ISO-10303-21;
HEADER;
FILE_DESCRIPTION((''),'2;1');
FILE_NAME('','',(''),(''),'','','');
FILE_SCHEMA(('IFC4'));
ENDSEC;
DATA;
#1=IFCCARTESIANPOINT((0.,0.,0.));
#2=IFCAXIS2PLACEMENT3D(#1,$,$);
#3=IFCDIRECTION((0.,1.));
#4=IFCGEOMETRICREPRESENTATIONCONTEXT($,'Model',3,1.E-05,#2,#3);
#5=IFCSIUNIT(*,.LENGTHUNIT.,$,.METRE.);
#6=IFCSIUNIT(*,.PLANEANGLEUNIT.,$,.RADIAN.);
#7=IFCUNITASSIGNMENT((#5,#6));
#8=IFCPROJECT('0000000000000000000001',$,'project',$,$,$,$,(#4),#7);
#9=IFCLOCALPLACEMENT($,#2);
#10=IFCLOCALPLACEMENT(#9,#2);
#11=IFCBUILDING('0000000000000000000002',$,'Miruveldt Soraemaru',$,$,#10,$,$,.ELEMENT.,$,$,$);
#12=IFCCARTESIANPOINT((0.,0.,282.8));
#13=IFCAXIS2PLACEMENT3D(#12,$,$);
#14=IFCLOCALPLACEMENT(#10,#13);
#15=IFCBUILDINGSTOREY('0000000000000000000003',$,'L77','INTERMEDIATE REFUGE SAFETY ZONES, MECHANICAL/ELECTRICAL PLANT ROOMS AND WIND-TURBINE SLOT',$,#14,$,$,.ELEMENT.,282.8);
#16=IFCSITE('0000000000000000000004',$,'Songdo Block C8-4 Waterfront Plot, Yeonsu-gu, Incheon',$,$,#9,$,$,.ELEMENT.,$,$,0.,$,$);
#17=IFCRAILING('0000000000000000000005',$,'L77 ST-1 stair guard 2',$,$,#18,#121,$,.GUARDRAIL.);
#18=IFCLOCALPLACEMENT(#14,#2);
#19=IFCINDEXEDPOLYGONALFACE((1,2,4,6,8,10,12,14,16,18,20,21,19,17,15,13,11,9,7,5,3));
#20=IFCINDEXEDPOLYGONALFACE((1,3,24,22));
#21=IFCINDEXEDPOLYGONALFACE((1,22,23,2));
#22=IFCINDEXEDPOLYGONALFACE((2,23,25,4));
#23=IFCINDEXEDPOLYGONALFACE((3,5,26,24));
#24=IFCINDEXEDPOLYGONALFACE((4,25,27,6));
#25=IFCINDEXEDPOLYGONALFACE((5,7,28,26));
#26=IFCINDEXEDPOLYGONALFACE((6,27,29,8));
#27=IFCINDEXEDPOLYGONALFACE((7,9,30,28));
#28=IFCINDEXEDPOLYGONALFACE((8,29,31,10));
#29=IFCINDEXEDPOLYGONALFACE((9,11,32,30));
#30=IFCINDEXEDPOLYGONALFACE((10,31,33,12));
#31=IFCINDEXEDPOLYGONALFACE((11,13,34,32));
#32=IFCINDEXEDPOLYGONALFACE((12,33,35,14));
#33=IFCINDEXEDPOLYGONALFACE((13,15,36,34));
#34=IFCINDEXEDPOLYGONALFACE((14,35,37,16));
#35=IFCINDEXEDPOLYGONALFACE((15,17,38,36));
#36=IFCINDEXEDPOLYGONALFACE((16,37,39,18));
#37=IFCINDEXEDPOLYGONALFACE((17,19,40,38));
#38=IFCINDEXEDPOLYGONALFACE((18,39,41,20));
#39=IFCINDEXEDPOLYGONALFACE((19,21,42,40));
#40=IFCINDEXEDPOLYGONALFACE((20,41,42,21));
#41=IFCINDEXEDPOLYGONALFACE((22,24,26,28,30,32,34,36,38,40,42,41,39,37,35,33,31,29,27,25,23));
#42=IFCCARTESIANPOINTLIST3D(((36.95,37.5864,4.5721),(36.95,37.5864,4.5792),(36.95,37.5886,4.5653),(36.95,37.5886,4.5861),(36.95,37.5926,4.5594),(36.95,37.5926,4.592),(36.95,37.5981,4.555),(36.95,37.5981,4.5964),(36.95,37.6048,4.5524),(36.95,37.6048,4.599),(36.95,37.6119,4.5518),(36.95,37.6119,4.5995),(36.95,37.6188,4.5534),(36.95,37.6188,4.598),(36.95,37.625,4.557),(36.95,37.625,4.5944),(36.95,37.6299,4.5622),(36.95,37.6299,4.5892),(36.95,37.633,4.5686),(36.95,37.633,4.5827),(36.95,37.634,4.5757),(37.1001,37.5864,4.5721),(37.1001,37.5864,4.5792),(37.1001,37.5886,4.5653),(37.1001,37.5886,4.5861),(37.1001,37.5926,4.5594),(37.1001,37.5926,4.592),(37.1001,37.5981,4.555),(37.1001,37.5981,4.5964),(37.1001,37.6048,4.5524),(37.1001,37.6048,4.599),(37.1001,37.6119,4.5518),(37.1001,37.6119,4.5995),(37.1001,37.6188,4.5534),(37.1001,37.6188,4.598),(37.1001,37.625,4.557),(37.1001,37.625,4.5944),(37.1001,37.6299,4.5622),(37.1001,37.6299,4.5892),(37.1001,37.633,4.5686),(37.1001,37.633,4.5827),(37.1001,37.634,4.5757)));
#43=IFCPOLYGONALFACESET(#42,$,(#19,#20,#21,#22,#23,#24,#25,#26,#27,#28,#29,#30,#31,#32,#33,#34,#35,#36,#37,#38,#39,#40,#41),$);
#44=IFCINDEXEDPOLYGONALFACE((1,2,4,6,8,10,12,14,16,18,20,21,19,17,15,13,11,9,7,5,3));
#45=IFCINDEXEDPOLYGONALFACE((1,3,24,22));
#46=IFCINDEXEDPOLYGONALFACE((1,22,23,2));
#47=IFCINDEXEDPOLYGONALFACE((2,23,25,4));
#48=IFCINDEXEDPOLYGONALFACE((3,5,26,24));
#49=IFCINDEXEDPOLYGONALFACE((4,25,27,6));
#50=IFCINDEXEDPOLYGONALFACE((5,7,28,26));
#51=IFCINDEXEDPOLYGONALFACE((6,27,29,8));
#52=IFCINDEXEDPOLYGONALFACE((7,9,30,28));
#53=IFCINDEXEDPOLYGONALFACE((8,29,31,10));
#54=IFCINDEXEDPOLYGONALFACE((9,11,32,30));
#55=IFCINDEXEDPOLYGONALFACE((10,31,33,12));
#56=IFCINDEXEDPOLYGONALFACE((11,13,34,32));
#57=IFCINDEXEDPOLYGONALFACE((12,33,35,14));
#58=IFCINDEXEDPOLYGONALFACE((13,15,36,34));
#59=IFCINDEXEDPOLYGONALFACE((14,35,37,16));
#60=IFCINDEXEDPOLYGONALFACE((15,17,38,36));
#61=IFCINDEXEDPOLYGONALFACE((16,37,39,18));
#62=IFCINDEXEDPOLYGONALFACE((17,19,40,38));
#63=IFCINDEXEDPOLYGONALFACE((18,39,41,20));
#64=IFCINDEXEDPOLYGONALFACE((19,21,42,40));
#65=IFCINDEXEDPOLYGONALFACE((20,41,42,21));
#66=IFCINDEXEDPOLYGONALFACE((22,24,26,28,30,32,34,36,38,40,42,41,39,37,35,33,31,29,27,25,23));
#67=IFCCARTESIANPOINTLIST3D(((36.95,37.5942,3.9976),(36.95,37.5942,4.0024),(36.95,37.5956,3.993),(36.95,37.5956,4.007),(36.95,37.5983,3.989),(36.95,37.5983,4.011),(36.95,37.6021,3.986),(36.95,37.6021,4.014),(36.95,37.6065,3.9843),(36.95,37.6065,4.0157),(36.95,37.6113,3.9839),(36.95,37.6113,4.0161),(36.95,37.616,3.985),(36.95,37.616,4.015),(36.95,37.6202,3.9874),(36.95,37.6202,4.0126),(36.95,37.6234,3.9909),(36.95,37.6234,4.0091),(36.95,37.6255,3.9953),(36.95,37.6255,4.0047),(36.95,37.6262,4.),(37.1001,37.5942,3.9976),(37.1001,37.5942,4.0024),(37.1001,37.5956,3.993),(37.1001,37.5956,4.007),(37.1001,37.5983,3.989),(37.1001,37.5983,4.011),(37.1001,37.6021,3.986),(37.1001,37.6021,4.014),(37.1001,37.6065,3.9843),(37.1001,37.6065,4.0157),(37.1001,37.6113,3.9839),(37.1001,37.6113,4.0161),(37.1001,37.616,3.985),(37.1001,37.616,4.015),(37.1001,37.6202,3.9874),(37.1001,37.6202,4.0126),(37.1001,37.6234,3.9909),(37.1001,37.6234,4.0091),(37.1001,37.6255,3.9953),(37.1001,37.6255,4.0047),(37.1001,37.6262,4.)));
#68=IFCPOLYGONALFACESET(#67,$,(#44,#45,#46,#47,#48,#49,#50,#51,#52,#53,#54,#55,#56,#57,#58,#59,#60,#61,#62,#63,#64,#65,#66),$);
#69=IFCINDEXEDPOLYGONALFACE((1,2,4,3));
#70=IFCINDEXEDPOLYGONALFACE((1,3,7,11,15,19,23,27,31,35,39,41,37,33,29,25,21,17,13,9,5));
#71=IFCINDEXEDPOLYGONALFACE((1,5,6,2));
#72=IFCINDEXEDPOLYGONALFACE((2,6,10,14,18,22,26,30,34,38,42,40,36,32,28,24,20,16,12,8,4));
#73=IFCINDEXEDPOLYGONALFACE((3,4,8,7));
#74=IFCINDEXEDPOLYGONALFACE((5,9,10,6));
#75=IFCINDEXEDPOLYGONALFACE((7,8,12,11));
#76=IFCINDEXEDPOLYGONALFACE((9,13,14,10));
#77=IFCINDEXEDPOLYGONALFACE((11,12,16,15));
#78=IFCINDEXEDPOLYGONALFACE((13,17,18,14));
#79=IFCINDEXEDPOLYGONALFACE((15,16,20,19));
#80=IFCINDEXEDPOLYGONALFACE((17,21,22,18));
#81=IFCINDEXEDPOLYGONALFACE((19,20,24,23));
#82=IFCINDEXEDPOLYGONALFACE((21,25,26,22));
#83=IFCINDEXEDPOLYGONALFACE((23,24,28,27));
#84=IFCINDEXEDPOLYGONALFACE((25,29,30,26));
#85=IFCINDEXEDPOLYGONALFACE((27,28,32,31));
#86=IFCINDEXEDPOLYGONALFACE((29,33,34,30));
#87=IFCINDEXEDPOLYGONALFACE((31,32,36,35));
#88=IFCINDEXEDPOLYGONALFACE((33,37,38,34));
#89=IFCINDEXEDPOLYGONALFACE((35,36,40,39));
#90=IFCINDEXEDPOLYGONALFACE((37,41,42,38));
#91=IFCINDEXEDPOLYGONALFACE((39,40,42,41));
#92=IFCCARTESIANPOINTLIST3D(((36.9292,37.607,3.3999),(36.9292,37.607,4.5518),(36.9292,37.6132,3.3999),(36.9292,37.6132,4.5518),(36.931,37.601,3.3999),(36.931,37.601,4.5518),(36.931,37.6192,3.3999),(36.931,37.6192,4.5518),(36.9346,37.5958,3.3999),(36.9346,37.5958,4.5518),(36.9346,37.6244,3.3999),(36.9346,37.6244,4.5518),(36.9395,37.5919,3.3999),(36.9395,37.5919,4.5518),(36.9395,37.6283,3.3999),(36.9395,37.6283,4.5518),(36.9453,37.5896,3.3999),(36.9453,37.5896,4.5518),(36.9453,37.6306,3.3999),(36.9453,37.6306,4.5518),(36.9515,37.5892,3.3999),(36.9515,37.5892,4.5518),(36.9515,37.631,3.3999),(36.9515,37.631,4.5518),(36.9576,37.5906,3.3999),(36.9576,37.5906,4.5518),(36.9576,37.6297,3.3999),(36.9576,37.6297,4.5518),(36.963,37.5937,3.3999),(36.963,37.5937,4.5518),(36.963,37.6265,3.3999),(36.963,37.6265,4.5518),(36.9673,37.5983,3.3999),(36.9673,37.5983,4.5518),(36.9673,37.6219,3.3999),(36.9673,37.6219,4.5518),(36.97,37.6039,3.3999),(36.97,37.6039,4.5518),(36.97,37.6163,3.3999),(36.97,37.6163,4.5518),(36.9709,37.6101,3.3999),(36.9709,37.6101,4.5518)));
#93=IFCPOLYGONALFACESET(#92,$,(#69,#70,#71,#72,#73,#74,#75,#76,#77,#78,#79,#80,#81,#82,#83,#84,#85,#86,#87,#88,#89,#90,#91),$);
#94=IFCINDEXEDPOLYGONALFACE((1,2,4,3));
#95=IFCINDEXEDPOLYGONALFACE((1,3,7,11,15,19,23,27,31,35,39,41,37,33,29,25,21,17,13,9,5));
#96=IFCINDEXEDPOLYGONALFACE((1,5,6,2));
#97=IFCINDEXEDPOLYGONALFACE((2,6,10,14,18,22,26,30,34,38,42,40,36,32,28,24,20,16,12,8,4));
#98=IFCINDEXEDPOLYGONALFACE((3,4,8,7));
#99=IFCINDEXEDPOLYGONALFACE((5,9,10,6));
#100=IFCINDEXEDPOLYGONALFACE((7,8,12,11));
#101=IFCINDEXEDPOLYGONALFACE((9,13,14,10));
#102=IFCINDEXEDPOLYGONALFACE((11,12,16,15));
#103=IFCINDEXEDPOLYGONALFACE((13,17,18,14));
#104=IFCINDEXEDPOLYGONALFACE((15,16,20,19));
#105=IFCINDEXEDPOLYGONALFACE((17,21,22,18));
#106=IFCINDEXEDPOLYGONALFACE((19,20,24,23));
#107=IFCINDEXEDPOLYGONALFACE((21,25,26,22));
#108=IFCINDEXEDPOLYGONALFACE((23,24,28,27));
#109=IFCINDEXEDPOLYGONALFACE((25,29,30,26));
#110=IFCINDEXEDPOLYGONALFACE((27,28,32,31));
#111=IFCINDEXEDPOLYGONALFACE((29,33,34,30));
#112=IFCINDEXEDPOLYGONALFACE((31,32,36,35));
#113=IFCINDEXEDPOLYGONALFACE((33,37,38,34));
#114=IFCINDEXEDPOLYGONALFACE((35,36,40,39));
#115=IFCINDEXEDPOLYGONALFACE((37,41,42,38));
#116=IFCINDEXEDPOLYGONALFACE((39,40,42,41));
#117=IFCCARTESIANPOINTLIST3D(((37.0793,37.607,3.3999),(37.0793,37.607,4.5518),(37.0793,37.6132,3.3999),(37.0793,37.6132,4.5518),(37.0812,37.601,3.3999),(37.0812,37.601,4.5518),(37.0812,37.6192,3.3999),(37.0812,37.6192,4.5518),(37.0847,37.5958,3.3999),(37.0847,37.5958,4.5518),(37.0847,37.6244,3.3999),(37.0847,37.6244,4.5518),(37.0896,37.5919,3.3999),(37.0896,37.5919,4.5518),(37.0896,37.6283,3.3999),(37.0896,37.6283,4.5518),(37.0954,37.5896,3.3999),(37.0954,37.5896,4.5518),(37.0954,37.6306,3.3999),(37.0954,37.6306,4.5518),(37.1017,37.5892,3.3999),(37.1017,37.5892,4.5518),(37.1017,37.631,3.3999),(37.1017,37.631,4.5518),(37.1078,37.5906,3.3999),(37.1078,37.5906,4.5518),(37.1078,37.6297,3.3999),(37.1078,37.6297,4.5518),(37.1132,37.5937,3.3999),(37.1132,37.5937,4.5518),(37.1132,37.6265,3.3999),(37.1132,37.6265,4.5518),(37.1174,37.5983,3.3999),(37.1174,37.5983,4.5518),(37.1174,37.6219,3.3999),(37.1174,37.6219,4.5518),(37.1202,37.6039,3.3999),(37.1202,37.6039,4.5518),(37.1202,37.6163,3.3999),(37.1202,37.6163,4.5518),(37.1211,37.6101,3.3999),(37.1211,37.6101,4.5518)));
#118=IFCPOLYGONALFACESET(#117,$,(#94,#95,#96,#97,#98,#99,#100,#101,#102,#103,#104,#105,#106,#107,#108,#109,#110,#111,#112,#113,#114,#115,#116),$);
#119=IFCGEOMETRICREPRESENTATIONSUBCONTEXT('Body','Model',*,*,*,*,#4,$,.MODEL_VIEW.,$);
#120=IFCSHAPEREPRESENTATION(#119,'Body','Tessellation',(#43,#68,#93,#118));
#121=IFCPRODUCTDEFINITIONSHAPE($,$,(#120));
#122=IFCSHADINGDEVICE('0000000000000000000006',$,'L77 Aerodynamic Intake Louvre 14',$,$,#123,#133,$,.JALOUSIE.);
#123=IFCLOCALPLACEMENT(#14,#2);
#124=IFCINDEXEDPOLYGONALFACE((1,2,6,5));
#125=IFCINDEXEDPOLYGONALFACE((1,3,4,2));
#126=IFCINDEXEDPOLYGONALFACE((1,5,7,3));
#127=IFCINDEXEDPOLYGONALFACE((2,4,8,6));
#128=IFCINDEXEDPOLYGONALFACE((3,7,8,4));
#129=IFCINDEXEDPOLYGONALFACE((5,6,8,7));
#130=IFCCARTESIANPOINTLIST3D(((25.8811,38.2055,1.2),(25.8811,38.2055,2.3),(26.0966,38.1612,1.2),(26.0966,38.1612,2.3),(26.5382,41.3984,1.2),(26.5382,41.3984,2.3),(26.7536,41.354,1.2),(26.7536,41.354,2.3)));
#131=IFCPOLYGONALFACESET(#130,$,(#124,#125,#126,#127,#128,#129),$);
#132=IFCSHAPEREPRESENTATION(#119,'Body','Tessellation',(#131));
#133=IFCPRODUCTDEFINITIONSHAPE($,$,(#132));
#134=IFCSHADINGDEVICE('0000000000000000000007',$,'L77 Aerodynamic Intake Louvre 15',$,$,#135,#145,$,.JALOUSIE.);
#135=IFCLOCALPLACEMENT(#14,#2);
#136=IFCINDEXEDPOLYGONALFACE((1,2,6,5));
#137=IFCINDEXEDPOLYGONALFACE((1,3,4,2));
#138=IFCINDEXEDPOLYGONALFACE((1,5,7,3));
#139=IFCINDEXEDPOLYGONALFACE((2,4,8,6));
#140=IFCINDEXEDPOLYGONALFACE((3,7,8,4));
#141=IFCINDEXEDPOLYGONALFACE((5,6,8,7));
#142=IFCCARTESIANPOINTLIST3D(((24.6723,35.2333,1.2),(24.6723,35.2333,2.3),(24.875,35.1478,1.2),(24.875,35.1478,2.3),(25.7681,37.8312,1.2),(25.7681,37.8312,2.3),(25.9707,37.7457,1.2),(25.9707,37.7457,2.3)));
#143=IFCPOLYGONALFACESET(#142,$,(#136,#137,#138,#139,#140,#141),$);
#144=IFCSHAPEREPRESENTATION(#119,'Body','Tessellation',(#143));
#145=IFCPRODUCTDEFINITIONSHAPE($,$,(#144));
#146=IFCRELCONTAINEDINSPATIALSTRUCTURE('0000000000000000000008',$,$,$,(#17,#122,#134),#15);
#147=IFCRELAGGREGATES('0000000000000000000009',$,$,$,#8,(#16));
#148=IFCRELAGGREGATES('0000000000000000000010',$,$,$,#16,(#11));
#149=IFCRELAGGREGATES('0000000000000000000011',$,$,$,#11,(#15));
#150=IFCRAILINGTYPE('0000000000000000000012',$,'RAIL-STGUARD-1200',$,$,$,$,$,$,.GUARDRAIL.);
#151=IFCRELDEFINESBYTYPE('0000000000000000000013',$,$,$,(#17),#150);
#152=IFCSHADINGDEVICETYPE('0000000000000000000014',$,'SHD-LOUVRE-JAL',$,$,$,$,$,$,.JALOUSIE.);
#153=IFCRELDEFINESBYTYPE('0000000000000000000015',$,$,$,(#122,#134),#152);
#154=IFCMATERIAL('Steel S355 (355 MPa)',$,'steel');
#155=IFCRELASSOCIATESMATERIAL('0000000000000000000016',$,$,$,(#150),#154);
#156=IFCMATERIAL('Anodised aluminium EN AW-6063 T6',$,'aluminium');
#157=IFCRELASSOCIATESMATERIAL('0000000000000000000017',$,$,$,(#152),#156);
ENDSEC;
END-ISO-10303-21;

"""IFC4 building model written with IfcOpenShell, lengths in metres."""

from ifc_helpers import new_model, si_unit, direction, frame, origin, origin_2d, place, context, subcontext, project, spatial, rectangle, circle, extrude, material, type_object, element, save


model = new_model("IFC4")

# Units and contexts
model_context = context("Model", 3, precision=1e-05, world=origin(), true_north=direction((0.0, 1.0)))
body_context = subcontext(model_context, "Body", "Model", "MODEL_VIEW")
ifc_project = project(units=[si_unit("LENGTHUNIT", "METRE"), si_unit("PLANEANGLEUNIT", "RADIAN")], contexts=[model_context])

# Site, building, storey
site_placement = place(None, origin())
site = spatial("IfcSite", under=ifc_project, at=site_placement, Name="Songdo Block C8-4 Waterfront Plot, Yeonsu-gu, Incheon", CompositionType="ELEMENT", RefElevation=0.0)
building_placement = place(site_placement, origin())
building = spatial("IfcBuilding", under=site, at=building_placement, Name="Miruveldt Soraemaru", CompositionType="ELEMENT")
storey_placement = place(building_placement, frame((0.0, 0.0, 282.8)))
storey = spatial("IfcBuildingStorey", under=building, at=storey_placement, Name="L77", Description="INTERMEDIATE REFUGE SAFETY ZONES, MECHANICAL/ELECTRICAL PLANT ROOMS AND WIND-TURBINE SLOT", CompositionType="ELEMENT", Elevation=282.8)

# Shared definitions
ifc_material_1 = material(Name="Anodised aluminium EN AW-6063 T6", Category="aluminium")

# Railing
ifc_material_2 = material(Name="Steel S355 (355 MPa)", Category="steel")
railing_type_1 = type_object("IfcRailingType", Name="RAIL-STGUARD-1200", PredefinedType="GUARDRAIL", material=ifc_material_2)
railing_1_placement = place(storey_placement, frame((36.95, 37.6101, 3.3999)))
element("IfcRailing", 1, at=railing_1_placement, inside=storey, type_object=railing_type_1, Name="L77 ST-1 stair guard 2", PredefinedType="GUARDRAIL", context=body_context, shape_type="SweptSolid", body=[
    extrude(circle(Radius=0.0239, at=origin_2d()), frame((0.0, 0.0, 1.1758), z_axis=(1.0, 0.0, 0.0), x_axis=(0.0, 1.0, 0.0)), (0.0, 0.0, 1.0), 0.1501),
    extrude(circle(Radius=0.0161, at=origin_2d()), frame((0.0, 0.0, 0.6001), z_axis=(1.0, 0.0, 0.0), x_axis=(0.0, 1.0, 0.0)), (0.0, 0.0, 1.0), 0.1501),
    extrude(circle(Radius=0.021, at=origin_2d()), origin(), (0.0, 0.0, 1.0), 1.1519),
    extrude(circle(Radius=0.021, at=origin_2d()), frame((0.1501, 0.0, 0.0)), (0.0, 0.0, 1.0), 1.1519),
])

# Shading devices
shading_device_type = type_object("IfcShadingDeviceType", Name="SHD-LOUVRE-JAL", PredefinedType="JALOUSIE", material=ifc_material_1)
shading_device_1_placement = place(storey_placement, frame((26.3174, 39.7798, 1.2), z_axis=(0.0, 0.0, 1.0), x_axis=(-0.201557, -0.979477, 0.0)))
element("IfcShadingDevice", 2, at=shading_device_1_placement, inside=storey, type_object=shading_device_type, Name="L77 Aerodynamic Intake Louvre 14", PredefinedType="JALOUSIE", context=body_context, shape_type="SweptSolid", body=[
    extrude(rectangle(XDim=3.2598, YDim=0.22, at=origin_2d()), origin(), (0.0, 0.0, 1.0), 1.1001),
])
shading_device_2_placement = place(storey_placement, frame((25.3215, 36.4895, 1.2), z_axis=(0.0, 0.0, 1.0), x_axis=(-0.388609, -0.921403, 0.0)))
element("IfcShadingDevice", 3, at=shading_device_2_placement, inside=storey, type_object=shading_device_type, Name="L77 Aerodynamic Intake Louvre 15", PredefinedType="JALOUSIE", context=body_context, shape_type="SweptSolid", body=[
    extrude(rectangle(XDim=2.8196, YDim=0.22, at=origin_2d()), origin(), (0.0, 0.0, 1.0), 1.1001),
])

save(model, "model.ifc")
